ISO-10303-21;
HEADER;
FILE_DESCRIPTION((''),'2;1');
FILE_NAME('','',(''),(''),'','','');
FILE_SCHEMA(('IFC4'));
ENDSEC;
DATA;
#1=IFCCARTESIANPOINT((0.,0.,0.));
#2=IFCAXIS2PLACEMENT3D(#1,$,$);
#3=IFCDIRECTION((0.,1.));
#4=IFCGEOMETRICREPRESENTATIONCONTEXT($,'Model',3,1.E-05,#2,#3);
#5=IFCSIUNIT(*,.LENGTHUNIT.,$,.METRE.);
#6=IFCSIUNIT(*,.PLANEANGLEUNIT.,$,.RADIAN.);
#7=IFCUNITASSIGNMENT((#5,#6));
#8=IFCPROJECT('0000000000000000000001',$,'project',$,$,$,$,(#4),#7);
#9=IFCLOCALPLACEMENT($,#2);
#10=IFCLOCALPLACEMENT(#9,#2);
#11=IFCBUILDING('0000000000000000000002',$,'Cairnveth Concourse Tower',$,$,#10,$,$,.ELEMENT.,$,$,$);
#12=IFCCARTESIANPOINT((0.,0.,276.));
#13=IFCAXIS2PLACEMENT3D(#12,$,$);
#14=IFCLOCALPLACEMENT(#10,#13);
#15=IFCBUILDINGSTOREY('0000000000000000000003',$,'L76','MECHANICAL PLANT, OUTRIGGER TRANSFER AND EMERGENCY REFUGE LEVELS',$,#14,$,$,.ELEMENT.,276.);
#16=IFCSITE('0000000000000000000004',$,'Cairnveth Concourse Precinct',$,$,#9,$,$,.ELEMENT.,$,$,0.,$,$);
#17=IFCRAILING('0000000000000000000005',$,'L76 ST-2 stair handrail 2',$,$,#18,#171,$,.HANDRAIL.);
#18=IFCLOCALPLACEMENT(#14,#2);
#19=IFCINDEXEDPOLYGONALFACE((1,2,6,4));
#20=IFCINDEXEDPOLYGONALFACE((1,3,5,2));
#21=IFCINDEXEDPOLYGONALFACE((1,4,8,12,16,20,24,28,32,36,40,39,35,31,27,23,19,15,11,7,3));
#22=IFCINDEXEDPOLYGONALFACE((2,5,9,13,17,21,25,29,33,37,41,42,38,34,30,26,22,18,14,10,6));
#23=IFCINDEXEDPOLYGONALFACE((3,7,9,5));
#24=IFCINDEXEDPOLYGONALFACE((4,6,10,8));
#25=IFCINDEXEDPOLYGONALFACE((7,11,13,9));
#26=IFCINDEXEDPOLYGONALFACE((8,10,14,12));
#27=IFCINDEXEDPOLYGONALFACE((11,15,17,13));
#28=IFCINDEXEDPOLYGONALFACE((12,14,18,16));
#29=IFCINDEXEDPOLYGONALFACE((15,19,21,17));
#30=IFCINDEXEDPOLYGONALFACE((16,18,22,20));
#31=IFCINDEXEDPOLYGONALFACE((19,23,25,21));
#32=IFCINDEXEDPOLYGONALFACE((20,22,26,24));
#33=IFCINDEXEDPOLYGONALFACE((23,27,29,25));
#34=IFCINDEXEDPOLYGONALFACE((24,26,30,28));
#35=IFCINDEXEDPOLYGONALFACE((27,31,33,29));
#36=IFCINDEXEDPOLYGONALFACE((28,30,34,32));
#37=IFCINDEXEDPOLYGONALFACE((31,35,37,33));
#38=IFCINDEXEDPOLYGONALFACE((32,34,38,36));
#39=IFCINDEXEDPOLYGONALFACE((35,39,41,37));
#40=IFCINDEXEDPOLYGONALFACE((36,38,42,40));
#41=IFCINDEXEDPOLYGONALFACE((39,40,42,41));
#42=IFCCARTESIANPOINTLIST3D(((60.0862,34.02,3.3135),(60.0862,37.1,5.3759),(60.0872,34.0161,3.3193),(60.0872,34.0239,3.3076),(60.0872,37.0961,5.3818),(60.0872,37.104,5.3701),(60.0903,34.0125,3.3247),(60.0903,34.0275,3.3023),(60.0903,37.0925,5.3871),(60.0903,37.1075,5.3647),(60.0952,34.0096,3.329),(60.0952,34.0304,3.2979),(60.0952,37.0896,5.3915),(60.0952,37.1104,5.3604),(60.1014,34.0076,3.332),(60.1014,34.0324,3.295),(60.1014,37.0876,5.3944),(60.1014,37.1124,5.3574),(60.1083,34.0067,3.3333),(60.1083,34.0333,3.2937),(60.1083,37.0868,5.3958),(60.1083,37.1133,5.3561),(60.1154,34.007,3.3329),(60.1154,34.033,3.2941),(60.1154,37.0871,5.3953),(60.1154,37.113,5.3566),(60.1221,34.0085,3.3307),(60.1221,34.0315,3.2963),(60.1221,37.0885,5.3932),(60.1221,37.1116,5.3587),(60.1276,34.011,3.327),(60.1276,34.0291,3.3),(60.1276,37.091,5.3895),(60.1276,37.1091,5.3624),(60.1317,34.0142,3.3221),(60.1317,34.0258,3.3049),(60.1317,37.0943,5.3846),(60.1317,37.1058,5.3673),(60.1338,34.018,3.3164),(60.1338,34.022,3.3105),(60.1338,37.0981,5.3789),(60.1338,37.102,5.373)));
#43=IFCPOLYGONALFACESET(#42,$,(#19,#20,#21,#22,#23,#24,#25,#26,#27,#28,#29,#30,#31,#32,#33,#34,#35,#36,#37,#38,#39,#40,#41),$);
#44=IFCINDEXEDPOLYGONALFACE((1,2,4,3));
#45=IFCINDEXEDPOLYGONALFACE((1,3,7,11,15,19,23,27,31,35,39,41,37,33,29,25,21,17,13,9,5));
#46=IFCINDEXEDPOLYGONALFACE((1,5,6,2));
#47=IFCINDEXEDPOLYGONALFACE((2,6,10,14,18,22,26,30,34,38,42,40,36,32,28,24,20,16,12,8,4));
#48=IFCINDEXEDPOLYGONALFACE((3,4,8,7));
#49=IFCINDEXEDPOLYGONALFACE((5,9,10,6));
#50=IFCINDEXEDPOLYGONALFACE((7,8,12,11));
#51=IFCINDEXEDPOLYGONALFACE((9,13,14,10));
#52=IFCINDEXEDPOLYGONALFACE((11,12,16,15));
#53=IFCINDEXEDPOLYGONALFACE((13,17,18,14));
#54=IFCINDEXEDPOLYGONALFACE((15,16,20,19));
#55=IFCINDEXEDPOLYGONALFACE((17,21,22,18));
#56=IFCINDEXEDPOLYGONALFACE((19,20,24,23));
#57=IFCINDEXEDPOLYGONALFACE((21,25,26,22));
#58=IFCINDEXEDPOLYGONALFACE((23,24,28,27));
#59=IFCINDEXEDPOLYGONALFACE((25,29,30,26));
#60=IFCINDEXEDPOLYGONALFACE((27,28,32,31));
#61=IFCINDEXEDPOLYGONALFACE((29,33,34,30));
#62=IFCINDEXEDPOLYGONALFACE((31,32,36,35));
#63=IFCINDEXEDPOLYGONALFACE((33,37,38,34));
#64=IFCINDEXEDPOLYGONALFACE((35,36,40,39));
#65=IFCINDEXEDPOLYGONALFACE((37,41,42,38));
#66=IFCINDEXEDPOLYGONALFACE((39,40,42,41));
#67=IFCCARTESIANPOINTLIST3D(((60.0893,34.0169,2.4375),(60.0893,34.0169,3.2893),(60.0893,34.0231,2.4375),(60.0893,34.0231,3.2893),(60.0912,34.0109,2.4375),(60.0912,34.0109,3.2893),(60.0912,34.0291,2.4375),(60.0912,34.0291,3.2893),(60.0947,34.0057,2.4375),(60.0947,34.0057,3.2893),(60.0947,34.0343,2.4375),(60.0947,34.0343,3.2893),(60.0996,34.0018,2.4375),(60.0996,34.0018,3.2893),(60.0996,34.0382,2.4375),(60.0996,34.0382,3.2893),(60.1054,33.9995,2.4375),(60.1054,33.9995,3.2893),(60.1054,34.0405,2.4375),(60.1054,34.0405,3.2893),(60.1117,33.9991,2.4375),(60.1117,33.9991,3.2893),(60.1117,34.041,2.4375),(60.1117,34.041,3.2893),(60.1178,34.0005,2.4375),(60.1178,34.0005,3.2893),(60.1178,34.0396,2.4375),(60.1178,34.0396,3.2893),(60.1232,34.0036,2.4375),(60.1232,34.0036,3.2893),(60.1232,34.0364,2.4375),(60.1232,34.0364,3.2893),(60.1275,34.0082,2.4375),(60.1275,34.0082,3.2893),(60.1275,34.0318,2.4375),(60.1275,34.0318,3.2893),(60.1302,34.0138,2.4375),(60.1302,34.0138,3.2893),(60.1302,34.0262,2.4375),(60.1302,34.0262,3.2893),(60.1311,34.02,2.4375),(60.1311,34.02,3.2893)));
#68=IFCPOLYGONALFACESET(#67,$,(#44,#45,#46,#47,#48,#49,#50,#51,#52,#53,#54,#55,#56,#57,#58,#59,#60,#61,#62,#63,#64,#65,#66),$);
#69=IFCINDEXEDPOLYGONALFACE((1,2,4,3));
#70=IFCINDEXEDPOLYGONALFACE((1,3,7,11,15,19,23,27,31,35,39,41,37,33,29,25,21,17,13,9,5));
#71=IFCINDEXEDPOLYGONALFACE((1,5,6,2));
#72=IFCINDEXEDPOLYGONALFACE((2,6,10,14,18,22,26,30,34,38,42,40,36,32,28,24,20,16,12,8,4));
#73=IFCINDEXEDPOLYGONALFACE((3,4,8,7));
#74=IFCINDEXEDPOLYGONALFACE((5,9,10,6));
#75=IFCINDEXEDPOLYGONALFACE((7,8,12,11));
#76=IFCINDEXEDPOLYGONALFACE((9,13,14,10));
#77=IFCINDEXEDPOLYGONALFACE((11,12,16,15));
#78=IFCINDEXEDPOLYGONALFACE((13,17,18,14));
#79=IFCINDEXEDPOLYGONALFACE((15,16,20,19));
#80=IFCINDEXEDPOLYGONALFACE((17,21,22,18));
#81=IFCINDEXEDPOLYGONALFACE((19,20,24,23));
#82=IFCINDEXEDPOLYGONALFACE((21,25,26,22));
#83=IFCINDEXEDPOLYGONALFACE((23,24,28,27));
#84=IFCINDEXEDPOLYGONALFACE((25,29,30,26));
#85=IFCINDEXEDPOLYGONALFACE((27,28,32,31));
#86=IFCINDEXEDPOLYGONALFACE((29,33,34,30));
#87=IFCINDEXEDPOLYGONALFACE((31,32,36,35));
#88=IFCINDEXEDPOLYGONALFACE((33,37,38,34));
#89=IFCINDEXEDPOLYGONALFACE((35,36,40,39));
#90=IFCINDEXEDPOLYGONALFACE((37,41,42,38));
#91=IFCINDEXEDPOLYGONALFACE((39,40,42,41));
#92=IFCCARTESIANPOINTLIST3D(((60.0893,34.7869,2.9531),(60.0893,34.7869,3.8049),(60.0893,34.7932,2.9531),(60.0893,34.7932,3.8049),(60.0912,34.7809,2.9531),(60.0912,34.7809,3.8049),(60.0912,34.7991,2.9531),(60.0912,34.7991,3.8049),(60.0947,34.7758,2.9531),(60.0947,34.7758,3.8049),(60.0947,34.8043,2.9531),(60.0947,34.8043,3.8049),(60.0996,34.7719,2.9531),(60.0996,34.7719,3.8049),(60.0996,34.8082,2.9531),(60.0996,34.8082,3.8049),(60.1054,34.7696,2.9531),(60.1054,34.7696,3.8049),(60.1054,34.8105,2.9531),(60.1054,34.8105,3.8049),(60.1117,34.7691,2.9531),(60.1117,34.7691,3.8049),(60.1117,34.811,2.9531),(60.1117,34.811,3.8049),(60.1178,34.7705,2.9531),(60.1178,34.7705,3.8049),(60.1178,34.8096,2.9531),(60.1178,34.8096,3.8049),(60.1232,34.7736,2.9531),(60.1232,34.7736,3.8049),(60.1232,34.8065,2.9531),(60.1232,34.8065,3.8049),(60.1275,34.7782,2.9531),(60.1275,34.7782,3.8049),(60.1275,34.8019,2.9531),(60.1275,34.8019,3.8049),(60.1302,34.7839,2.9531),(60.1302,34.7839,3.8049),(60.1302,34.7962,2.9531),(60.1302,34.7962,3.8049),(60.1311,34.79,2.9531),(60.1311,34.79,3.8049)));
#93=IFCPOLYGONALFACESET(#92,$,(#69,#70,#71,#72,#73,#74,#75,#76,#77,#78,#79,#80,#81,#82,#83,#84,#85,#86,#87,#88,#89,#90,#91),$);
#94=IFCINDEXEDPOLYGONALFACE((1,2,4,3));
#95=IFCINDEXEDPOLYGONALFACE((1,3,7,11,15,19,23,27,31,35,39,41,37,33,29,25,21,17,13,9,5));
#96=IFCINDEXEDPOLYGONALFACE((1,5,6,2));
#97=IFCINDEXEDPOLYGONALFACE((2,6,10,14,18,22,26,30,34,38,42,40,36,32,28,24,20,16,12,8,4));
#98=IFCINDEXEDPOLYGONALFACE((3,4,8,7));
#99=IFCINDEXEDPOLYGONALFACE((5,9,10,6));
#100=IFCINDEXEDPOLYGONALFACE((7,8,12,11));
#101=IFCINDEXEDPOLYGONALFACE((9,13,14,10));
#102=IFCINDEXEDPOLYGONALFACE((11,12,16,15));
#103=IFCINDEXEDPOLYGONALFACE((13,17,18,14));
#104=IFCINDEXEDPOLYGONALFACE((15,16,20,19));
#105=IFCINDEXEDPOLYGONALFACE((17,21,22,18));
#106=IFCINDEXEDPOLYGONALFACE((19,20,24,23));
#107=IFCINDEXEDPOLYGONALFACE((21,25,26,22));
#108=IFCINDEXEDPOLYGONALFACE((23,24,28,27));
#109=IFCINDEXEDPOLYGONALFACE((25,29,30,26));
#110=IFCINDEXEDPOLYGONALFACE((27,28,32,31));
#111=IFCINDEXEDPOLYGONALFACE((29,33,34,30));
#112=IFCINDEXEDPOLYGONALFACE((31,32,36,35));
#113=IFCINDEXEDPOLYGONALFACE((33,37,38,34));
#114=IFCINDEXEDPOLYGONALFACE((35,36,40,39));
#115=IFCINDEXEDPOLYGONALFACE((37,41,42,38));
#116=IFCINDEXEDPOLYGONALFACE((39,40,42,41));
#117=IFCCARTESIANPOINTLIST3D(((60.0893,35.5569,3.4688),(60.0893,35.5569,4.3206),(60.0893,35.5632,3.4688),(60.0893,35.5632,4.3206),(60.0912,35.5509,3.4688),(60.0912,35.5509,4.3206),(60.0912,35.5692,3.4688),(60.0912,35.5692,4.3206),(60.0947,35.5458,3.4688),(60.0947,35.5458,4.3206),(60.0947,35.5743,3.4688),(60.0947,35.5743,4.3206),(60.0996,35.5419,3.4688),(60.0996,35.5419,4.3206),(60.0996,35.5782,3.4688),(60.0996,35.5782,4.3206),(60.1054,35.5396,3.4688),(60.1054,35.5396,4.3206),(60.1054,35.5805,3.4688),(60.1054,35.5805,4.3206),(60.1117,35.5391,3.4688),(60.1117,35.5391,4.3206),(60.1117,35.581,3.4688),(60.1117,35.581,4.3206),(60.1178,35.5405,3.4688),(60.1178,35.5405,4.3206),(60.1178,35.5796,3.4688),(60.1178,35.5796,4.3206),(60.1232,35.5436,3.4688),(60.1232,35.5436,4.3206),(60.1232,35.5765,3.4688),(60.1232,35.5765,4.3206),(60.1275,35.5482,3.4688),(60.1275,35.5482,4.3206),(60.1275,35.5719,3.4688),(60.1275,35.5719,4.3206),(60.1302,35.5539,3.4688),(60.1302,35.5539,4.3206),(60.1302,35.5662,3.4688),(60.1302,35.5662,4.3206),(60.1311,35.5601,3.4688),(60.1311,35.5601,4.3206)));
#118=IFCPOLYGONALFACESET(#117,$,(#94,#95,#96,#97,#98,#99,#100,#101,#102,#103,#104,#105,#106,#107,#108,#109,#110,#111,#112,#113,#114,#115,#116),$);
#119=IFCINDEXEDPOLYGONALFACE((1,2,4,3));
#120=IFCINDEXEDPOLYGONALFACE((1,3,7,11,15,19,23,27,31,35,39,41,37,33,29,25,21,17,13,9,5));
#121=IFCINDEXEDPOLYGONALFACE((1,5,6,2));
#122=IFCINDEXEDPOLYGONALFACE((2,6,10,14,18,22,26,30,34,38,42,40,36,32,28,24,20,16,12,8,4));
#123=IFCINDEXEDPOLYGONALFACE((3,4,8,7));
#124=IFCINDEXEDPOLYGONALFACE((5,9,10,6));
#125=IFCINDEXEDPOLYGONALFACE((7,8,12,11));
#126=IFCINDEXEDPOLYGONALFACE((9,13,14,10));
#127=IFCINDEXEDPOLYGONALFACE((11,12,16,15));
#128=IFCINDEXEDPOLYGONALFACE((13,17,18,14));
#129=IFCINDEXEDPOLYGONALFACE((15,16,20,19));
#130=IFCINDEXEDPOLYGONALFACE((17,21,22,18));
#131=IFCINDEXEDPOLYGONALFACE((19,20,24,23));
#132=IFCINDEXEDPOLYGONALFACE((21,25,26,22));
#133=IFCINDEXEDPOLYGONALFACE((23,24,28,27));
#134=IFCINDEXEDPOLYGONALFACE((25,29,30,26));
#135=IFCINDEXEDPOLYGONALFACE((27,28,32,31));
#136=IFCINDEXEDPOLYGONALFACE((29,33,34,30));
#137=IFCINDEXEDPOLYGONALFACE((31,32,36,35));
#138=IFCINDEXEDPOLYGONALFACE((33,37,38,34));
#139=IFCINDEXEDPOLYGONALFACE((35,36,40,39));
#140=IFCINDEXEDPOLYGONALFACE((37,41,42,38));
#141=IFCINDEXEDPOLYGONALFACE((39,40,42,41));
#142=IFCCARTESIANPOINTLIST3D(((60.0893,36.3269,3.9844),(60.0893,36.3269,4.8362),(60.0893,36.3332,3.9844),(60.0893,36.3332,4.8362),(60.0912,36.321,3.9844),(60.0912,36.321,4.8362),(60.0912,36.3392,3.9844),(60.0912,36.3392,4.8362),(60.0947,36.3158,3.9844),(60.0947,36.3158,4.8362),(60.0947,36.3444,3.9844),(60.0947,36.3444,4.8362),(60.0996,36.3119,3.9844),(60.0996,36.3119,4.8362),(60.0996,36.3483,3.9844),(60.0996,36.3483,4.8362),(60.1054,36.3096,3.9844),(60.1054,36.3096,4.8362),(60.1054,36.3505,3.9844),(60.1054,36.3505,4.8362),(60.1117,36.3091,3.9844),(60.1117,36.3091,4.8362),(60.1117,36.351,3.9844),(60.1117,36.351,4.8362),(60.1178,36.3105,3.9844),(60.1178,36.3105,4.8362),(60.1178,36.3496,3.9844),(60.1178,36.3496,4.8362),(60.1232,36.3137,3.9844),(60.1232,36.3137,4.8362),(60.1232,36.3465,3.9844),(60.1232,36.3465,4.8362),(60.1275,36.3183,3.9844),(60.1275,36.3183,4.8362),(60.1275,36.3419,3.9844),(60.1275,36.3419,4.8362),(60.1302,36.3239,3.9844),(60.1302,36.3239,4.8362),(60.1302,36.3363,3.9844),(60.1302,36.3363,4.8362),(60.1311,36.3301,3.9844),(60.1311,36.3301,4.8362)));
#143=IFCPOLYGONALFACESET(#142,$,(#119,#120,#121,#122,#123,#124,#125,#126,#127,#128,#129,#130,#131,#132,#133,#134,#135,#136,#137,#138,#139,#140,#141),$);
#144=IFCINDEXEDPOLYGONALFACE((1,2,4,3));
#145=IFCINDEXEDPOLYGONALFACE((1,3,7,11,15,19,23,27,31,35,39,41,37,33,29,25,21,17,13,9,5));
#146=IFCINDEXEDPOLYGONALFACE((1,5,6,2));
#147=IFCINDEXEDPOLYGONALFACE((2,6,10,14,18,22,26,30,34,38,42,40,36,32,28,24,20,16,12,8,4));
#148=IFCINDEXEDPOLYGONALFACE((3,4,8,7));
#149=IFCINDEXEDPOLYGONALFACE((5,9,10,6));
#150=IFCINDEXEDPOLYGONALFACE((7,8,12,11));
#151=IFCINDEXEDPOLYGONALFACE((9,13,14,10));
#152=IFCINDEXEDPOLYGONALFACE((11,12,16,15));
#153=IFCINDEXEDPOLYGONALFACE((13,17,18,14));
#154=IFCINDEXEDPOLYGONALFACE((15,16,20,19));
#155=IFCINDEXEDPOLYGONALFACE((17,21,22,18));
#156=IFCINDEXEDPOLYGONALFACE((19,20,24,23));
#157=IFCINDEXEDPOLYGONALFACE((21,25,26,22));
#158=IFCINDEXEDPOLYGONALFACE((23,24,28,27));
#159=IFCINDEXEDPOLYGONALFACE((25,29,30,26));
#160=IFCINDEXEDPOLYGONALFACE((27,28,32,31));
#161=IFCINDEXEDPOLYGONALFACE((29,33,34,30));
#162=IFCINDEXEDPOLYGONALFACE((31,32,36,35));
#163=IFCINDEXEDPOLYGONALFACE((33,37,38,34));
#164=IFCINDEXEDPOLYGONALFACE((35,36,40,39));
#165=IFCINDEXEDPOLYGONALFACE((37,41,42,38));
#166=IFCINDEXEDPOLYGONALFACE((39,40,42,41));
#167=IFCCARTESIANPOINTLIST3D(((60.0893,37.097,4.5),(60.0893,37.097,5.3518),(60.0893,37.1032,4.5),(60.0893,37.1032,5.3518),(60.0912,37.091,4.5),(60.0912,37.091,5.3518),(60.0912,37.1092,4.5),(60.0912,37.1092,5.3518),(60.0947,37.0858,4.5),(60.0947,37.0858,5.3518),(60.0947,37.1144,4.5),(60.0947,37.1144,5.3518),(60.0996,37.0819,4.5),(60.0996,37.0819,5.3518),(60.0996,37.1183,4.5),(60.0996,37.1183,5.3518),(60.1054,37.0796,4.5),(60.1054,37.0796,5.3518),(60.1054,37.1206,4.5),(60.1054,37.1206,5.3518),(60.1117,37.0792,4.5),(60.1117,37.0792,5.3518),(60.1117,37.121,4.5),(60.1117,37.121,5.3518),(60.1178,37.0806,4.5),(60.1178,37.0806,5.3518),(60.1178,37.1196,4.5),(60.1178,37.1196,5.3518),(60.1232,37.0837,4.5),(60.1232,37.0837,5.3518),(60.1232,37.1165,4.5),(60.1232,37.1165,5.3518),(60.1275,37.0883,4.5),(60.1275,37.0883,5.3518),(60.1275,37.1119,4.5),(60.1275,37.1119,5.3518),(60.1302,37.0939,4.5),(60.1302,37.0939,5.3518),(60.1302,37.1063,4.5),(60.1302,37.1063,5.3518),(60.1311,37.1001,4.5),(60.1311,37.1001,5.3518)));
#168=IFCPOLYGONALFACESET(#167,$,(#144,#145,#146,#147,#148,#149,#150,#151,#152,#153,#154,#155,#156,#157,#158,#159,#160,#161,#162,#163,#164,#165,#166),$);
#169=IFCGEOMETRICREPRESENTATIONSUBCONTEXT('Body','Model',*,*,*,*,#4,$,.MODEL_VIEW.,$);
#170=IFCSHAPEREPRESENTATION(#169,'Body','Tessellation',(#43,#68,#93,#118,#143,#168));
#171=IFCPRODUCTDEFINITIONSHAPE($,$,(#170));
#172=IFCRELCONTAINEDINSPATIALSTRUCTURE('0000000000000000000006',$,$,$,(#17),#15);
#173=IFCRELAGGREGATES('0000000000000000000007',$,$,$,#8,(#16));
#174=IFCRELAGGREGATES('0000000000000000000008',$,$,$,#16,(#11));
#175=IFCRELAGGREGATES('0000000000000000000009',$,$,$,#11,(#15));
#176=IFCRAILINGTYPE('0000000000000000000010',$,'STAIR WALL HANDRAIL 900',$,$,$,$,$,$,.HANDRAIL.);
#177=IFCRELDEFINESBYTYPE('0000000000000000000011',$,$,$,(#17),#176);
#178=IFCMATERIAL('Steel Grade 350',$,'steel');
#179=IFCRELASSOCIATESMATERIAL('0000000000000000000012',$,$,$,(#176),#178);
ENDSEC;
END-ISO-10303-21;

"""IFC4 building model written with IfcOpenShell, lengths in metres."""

from ifc_helpers import new_model, si_unit, direction, frame, origin, origin_2d, place, context, subcontext, project, spatial, circle, extrude, material, type_object, element, save


model = new_model("IFC4")

# Units and contexts
model_context = context("Model", 3, precision=1e-05, world=origin(), true_north=direction((0.0, 1.0)))
body_context = subcontext(model_context, "Body", "Model", "MODEL_VIEW")
ifc_project = project(units=[si_unit("LENGTHUNIT", "METRE"), si_unit("PLANEANGLEUNIT", "RADIAN")], contexts=[model_context])

# Site, building, storey
site_placement = place(None, origin())
site = spatial("IfcSite", under=ifc_project, at=site_placement, Name="Cairnveth Concourse Precinct", CompositionType="ELEMENT", RefElevation=0.0)
building_placement = place(site_placement, origin())
building = spatial("IfcBuilding", under=site, at=building_placement, Name="Cairnveth Concourse Tower", CompositionType="ELEMENT")
storey_placement = place(building_placement, frame((0.0, 0.0, 276.0)))
storey = spatial("IfcBuildingStorey", under=building, at=storey_placement, Name="L76", Description="MECHANICAL PLANT, OUTRIGGER TRANSFER AND EMERGENCY REFUGE LEVELS", CompositionType="ELEMENT", Elevation=276.0)

# Shared definitions
ifc_material_1 = material(Name="Steel Grade 350", Category="steel")

# Railing
railing_type_1 = type_object("IfcRailingType", Name="STAIR WALL HANDRAIL 900", PredefinedType="HANDRAIL", material=ifc_material_1)
railing_1_placement = place(storey_placement, frame((60.1101, 34.02, 2.4375)))
element("IfcRailing", 1, at=railing_1_placement, inside=storey, type_object=railing_type_1, Name="L76 ST-2 stair handrail 2", PredefinedType="HANDRAIL", context=body_context, shape_type="SweptSolid", body=[
    extrude(circle(Radius=0.0239, at=origin_2d()), frame((0.0, 0.0, 0.876), z_axis=(0.0, 0.830914, 0.556401), x_axis=(-1.0, 0.0, 0.0)), (0.0, 0.0, 1.0), 3.7068),
    extrude(circle(Radius=0.021, at=origin_2d()), origin(), (0.0, 0.0, 1.0), 0.8518),
    extrude(circle(Radius=0.021, at=origin_2d()), frame((0.0, 0.77, 0.5156)), (0.0, 0.0, 1.0), 0.8518),
    extrude(circle(Radius=0.021, at=origin_2d()), frame((0.0, 1.54, 1.0312)), (0.0, 0.0, 1.0), 0.8518),
    extrude(circle(Radius=0.021, at=origin_2d()), frame((0.0, 2.3101, 1.5469)), (0.0, 0.0, 1.0), 0.8518),
    extrude(circle(Radius=0.021, at=origin_2d()), frame((0.0, 3.0801, 2.0625)), (0.0, 0.0, 1.0), 0.8518),
])

save(model, "model.ifc")
